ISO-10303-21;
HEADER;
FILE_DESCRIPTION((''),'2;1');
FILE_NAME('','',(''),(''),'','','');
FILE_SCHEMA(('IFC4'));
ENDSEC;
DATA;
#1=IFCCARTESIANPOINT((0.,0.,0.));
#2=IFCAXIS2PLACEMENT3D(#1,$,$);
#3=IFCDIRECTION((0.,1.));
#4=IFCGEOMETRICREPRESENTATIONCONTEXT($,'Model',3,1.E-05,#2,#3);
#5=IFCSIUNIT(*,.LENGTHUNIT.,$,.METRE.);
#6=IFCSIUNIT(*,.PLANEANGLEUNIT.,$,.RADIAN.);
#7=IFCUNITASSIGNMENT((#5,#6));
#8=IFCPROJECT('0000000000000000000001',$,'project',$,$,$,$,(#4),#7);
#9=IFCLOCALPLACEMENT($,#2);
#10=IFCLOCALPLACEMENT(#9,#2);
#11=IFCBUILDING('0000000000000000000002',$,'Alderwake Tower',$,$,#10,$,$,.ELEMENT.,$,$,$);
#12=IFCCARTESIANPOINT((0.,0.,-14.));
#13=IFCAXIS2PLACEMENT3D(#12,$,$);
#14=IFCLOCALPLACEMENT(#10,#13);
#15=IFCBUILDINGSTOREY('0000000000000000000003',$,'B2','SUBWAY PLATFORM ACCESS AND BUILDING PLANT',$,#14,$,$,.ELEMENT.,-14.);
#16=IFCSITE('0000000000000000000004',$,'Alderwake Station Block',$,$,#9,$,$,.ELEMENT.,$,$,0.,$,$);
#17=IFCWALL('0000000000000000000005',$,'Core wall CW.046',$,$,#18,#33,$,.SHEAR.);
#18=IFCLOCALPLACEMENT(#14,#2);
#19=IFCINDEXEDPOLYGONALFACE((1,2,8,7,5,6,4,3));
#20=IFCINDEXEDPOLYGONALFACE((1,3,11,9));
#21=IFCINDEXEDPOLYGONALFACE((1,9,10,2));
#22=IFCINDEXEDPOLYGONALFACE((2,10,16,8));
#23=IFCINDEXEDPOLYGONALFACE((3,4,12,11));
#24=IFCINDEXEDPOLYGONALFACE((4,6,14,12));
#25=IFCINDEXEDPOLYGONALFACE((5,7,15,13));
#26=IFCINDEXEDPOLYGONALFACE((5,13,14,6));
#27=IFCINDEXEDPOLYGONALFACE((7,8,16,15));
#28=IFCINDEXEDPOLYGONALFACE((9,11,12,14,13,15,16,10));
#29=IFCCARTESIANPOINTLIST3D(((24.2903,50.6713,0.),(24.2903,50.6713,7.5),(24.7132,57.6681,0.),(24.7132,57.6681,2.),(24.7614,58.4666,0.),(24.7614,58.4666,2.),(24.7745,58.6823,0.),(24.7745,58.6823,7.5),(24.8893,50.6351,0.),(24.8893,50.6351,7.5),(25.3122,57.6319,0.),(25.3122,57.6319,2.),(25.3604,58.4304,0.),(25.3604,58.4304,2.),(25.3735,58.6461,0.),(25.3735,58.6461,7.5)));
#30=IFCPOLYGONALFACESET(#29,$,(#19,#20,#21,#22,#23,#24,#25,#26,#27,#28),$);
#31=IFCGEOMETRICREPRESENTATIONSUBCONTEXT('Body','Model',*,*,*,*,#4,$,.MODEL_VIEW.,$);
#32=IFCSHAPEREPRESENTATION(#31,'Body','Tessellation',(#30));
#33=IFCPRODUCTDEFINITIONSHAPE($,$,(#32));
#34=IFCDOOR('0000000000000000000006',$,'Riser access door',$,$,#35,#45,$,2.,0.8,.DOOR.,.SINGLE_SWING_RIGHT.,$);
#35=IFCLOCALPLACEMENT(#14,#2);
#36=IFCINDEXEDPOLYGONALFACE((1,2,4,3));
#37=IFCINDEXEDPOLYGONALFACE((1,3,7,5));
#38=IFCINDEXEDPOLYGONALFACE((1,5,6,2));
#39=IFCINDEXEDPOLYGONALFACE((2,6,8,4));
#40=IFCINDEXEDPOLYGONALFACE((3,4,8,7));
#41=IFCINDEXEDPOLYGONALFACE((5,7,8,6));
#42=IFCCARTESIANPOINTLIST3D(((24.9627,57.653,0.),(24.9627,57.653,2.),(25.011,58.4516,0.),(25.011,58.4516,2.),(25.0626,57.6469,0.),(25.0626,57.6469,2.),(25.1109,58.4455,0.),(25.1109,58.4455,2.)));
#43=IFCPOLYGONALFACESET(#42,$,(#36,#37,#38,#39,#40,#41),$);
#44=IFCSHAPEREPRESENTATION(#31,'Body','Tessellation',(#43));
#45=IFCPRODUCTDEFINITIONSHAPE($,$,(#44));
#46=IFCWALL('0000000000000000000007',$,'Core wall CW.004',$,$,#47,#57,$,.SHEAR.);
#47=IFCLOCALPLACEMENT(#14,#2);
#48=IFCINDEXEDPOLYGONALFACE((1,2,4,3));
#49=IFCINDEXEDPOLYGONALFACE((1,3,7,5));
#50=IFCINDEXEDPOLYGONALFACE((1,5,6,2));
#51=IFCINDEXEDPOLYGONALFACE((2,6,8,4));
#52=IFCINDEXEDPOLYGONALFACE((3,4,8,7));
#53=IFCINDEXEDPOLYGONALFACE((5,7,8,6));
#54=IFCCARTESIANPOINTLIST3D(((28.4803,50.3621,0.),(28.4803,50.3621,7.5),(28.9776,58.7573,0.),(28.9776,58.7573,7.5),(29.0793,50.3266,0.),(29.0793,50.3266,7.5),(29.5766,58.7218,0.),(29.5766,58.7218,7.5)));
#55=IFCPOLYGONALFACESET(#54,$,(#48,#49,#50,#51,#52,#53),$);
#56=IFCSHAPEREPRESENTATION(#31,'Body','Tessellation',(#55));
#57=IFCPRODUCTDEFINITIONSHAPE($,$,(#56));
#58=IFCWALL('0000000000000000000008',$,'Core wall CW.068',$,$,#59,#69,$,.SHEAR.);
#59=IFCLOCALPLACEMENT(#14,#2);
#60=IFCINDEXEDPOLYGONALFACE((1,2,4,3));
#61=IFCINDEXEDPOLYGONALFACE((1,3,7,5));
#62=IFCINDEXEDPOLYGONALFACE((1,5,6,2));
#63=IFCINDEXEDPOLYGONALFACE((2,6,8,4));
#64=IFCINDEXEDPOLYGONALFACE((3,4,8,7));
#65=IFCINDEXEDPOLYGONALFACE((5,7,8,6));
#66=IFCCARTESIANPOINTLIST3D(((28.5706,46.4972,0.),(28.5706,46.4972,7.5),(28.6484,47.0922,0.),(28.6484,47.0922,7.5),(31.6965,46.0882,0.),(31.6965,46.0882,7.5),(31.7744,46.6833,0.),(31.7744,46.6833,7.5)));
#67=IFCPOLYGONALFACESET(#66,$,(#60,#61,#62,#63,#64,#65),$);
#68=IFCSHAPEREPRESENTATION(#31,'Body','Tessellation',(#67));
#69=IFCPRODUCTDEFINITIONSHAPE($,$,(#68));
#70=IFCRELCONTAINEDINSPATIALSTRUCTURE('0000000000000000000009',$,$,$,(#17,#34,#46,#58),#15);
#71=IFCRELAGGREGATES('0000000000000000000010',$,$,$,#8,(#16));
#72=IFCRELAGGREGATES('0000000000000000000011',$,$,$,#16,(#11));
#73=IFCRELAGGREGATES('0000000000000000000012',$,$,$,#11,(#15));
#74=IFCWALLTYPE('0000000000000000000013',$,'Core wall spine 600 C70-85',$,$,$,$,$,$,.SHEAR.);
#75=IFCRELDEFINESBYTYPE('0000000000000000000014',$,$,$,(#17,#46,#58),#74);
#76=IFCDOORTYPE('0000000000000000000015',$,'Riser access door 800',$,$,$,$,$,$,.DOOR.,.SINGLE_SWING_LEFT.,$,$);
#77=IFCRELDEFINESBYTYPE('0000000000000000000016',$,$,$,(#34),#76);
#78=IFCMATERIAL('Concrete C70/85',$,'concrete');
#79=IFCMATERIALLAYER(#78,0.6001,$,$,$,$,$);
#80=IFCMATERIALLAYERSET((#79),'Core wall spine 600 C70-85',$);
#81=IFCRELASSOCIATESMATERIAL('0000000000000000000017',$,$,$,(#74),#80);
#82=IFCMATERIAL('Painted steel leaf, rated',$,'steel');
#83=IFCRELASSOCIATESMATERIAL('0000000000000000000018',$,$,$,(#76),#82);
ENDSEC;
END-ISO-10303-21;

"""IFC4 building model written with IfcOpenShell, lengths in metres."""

from ifc_helpers import new_model, si_unit, direction, frame, frame_2d, origin, place, context, subcontext, project, spatial, rectangle, extrude, material, layer, layer_set, type_object, element, fill, save


model = new_model("IFC4")

# Units and contexts
model_context = context("Model", 3, precision=1e-05, world=origin(), true_north=direction((0.0, 1.0)))
body_context = subcontext(model_context, "Body", "Model", "MODEL_VIEW")
ifc_project = project(units=[si_unit("LENGTHUNIT", "METRE"), si_unit("PLANEANGLEUNIT", "RADIAN")], contexts=[model_context])

# Site, building, storey
site_placement = place(None, origin())
site = spatial("IfcSite", under=ifc_project, at=site_placement, Name="Alderwake Station Block", CompositionType="ELEMENT", RefElevation=0.0)
building_placement = place(site_placement, origin())
building = spatial("IfcBuilding", under=site, at=building_placement, Name="Alderwake Tower", CompositionType="ELEMENT")
storey_placement = place(building_placement, frame((0.0, 0.0, -14.0)))
storey = spatial("IfcBuildingStorey", under=building, at=storey_placement, Name="B2", Description="SUBWAY PLATFORM ACCESS AND BUILDING PLANT", CompositionType="ELEMENT", Elevation=-14.0)

# Wall, opening, door
ifc_material_1 = material(Name="Concrete C70/85", Category="concrete")
ifc_layer_1 = layer(ifc_material_1, 0.6001)
ifc_layer_set_1 = layer_set([ifc_layer_1], Name="Core wall spine 600 C70-85")
wall_type_1 = type_object("IfcWallType", Name="Core wall spine 600 C70-85", PredefinedType="SHEAR", material=ifc_layer_set_1)
wall_1_placement = place(storey_placement, frame((24.5898, 50.6533, 0.0), z_axis=(0.0, 0.0, 1.0), x_axis=(0.060323, 0.998179, 0.0)))
wall_1 = element("IfcWall", 1, at=wall_1_placement, inside=storey, type_object=wall_type_1, Name="Core wall CW.046", PredefinedType="SHEAR", context=body_context, shape_type="SweptSolid", body=[
    extrude(rectangle(XDim=8.0256, YDim=0.6001, at=frame_2d((4.0127, 0.0))), origin(), (0.0, 0.0, 1.0), 7.5),
])
opening_1_placement = place(wall_1_placement, frame((7.0095, 0.0, 0.0)))
opening_1 = element("IfcOpeningElement", 2, at=opening_1_placement, cuts=wall_1, PredefinedType="OPENING", context=body_context, shape_type="SweptSolid", body=[
    extrude(rectangle(XDim=0.8, YDim=2.0, at=frame_2d((0.3999, 1.0))), frame((0.0, 0.3101, 0.0), z_axis=(0.0, -1.0, 0.0), x_axis=(1.0, 0.0, 0.0)), (0.0, 0.0, 1.0), 0.6201),
])
ifc_material_2 = material(Name="Painted steel leaf, rated", Category="steel")
door_type_1 = type_object("IfcDoorType", Name="Riser access door 800", OperationType="SINGLE_SWING_LEFT", PredefinedType="DOOR", material=ifc_material_2)
door_1_placement = place(opening_1_placement, origin())
door_1 = element("IfcDoor", 3, at=door_1_placement, inside=storey, type_object=door_type_1, Name="Riser access door", OperationType="SINGLE_SWING_RIGHT", OverallHeight=2.0, OverallWidth=0.8, PredefinedType="DOOR", context=body_context, shape_type="SweptSolid", body=[
    extrude(rectangle(XDim=0.8, YDim=2.0, at=frame_2d((0.3999, 1.0))), frame((0.0, 0.05, 0.0), z_axis=(0.0, -1.0, 0.0), x_axis=(1.0, 0.0, 0.0)), (0.0, 0.0, 1.0), 0.1001),
])
fill(opening_1, door_1)

# Walls
wall_2_placement = place(storey_placement, frame((28.7798, 50.3442, 0.0), z_axis=(0.0, 0.0, 1.0), x_axis=(0.059134, 0.99825, 0.0)))
element("IfcWall", 4, at=wall_2_placement, inside=storey, type_object=wall_type_1, Name="Core wall CW.004", PredefinedType="SHEAR", context=body_context, shape_type="SweptSolid", body=[
    extrude(rectangle(XDim=8.4099, YDim=0.6001, at=frame_2d((4.2051, 0.0))), origin(), (0.0, 0.0, 1.0), 7.5),
])
wall_3_placement = place(storey_placement, frame((28.6096, 46.7947, 0.0), z_axis=(0.0, 0.0, 1.0), x_axis=(0.991552, -0.129713, 0.0)))
element("IfcWall", 5, at=wall_3_placement, inside=storey, type_object=wall_type_1, Name="Core wall CW.068", PredefinedType="SHEAR", context=body_context, shape_type="SweptSolid", body=[
    extrude(rectangle(XDim=3.1526, YDim=0.6001, at=frame_2d((1.5762, 0.0))), origin(), (0.0, 0.0, 1.0), 7.5),
])

save(model, "model.ifc")
